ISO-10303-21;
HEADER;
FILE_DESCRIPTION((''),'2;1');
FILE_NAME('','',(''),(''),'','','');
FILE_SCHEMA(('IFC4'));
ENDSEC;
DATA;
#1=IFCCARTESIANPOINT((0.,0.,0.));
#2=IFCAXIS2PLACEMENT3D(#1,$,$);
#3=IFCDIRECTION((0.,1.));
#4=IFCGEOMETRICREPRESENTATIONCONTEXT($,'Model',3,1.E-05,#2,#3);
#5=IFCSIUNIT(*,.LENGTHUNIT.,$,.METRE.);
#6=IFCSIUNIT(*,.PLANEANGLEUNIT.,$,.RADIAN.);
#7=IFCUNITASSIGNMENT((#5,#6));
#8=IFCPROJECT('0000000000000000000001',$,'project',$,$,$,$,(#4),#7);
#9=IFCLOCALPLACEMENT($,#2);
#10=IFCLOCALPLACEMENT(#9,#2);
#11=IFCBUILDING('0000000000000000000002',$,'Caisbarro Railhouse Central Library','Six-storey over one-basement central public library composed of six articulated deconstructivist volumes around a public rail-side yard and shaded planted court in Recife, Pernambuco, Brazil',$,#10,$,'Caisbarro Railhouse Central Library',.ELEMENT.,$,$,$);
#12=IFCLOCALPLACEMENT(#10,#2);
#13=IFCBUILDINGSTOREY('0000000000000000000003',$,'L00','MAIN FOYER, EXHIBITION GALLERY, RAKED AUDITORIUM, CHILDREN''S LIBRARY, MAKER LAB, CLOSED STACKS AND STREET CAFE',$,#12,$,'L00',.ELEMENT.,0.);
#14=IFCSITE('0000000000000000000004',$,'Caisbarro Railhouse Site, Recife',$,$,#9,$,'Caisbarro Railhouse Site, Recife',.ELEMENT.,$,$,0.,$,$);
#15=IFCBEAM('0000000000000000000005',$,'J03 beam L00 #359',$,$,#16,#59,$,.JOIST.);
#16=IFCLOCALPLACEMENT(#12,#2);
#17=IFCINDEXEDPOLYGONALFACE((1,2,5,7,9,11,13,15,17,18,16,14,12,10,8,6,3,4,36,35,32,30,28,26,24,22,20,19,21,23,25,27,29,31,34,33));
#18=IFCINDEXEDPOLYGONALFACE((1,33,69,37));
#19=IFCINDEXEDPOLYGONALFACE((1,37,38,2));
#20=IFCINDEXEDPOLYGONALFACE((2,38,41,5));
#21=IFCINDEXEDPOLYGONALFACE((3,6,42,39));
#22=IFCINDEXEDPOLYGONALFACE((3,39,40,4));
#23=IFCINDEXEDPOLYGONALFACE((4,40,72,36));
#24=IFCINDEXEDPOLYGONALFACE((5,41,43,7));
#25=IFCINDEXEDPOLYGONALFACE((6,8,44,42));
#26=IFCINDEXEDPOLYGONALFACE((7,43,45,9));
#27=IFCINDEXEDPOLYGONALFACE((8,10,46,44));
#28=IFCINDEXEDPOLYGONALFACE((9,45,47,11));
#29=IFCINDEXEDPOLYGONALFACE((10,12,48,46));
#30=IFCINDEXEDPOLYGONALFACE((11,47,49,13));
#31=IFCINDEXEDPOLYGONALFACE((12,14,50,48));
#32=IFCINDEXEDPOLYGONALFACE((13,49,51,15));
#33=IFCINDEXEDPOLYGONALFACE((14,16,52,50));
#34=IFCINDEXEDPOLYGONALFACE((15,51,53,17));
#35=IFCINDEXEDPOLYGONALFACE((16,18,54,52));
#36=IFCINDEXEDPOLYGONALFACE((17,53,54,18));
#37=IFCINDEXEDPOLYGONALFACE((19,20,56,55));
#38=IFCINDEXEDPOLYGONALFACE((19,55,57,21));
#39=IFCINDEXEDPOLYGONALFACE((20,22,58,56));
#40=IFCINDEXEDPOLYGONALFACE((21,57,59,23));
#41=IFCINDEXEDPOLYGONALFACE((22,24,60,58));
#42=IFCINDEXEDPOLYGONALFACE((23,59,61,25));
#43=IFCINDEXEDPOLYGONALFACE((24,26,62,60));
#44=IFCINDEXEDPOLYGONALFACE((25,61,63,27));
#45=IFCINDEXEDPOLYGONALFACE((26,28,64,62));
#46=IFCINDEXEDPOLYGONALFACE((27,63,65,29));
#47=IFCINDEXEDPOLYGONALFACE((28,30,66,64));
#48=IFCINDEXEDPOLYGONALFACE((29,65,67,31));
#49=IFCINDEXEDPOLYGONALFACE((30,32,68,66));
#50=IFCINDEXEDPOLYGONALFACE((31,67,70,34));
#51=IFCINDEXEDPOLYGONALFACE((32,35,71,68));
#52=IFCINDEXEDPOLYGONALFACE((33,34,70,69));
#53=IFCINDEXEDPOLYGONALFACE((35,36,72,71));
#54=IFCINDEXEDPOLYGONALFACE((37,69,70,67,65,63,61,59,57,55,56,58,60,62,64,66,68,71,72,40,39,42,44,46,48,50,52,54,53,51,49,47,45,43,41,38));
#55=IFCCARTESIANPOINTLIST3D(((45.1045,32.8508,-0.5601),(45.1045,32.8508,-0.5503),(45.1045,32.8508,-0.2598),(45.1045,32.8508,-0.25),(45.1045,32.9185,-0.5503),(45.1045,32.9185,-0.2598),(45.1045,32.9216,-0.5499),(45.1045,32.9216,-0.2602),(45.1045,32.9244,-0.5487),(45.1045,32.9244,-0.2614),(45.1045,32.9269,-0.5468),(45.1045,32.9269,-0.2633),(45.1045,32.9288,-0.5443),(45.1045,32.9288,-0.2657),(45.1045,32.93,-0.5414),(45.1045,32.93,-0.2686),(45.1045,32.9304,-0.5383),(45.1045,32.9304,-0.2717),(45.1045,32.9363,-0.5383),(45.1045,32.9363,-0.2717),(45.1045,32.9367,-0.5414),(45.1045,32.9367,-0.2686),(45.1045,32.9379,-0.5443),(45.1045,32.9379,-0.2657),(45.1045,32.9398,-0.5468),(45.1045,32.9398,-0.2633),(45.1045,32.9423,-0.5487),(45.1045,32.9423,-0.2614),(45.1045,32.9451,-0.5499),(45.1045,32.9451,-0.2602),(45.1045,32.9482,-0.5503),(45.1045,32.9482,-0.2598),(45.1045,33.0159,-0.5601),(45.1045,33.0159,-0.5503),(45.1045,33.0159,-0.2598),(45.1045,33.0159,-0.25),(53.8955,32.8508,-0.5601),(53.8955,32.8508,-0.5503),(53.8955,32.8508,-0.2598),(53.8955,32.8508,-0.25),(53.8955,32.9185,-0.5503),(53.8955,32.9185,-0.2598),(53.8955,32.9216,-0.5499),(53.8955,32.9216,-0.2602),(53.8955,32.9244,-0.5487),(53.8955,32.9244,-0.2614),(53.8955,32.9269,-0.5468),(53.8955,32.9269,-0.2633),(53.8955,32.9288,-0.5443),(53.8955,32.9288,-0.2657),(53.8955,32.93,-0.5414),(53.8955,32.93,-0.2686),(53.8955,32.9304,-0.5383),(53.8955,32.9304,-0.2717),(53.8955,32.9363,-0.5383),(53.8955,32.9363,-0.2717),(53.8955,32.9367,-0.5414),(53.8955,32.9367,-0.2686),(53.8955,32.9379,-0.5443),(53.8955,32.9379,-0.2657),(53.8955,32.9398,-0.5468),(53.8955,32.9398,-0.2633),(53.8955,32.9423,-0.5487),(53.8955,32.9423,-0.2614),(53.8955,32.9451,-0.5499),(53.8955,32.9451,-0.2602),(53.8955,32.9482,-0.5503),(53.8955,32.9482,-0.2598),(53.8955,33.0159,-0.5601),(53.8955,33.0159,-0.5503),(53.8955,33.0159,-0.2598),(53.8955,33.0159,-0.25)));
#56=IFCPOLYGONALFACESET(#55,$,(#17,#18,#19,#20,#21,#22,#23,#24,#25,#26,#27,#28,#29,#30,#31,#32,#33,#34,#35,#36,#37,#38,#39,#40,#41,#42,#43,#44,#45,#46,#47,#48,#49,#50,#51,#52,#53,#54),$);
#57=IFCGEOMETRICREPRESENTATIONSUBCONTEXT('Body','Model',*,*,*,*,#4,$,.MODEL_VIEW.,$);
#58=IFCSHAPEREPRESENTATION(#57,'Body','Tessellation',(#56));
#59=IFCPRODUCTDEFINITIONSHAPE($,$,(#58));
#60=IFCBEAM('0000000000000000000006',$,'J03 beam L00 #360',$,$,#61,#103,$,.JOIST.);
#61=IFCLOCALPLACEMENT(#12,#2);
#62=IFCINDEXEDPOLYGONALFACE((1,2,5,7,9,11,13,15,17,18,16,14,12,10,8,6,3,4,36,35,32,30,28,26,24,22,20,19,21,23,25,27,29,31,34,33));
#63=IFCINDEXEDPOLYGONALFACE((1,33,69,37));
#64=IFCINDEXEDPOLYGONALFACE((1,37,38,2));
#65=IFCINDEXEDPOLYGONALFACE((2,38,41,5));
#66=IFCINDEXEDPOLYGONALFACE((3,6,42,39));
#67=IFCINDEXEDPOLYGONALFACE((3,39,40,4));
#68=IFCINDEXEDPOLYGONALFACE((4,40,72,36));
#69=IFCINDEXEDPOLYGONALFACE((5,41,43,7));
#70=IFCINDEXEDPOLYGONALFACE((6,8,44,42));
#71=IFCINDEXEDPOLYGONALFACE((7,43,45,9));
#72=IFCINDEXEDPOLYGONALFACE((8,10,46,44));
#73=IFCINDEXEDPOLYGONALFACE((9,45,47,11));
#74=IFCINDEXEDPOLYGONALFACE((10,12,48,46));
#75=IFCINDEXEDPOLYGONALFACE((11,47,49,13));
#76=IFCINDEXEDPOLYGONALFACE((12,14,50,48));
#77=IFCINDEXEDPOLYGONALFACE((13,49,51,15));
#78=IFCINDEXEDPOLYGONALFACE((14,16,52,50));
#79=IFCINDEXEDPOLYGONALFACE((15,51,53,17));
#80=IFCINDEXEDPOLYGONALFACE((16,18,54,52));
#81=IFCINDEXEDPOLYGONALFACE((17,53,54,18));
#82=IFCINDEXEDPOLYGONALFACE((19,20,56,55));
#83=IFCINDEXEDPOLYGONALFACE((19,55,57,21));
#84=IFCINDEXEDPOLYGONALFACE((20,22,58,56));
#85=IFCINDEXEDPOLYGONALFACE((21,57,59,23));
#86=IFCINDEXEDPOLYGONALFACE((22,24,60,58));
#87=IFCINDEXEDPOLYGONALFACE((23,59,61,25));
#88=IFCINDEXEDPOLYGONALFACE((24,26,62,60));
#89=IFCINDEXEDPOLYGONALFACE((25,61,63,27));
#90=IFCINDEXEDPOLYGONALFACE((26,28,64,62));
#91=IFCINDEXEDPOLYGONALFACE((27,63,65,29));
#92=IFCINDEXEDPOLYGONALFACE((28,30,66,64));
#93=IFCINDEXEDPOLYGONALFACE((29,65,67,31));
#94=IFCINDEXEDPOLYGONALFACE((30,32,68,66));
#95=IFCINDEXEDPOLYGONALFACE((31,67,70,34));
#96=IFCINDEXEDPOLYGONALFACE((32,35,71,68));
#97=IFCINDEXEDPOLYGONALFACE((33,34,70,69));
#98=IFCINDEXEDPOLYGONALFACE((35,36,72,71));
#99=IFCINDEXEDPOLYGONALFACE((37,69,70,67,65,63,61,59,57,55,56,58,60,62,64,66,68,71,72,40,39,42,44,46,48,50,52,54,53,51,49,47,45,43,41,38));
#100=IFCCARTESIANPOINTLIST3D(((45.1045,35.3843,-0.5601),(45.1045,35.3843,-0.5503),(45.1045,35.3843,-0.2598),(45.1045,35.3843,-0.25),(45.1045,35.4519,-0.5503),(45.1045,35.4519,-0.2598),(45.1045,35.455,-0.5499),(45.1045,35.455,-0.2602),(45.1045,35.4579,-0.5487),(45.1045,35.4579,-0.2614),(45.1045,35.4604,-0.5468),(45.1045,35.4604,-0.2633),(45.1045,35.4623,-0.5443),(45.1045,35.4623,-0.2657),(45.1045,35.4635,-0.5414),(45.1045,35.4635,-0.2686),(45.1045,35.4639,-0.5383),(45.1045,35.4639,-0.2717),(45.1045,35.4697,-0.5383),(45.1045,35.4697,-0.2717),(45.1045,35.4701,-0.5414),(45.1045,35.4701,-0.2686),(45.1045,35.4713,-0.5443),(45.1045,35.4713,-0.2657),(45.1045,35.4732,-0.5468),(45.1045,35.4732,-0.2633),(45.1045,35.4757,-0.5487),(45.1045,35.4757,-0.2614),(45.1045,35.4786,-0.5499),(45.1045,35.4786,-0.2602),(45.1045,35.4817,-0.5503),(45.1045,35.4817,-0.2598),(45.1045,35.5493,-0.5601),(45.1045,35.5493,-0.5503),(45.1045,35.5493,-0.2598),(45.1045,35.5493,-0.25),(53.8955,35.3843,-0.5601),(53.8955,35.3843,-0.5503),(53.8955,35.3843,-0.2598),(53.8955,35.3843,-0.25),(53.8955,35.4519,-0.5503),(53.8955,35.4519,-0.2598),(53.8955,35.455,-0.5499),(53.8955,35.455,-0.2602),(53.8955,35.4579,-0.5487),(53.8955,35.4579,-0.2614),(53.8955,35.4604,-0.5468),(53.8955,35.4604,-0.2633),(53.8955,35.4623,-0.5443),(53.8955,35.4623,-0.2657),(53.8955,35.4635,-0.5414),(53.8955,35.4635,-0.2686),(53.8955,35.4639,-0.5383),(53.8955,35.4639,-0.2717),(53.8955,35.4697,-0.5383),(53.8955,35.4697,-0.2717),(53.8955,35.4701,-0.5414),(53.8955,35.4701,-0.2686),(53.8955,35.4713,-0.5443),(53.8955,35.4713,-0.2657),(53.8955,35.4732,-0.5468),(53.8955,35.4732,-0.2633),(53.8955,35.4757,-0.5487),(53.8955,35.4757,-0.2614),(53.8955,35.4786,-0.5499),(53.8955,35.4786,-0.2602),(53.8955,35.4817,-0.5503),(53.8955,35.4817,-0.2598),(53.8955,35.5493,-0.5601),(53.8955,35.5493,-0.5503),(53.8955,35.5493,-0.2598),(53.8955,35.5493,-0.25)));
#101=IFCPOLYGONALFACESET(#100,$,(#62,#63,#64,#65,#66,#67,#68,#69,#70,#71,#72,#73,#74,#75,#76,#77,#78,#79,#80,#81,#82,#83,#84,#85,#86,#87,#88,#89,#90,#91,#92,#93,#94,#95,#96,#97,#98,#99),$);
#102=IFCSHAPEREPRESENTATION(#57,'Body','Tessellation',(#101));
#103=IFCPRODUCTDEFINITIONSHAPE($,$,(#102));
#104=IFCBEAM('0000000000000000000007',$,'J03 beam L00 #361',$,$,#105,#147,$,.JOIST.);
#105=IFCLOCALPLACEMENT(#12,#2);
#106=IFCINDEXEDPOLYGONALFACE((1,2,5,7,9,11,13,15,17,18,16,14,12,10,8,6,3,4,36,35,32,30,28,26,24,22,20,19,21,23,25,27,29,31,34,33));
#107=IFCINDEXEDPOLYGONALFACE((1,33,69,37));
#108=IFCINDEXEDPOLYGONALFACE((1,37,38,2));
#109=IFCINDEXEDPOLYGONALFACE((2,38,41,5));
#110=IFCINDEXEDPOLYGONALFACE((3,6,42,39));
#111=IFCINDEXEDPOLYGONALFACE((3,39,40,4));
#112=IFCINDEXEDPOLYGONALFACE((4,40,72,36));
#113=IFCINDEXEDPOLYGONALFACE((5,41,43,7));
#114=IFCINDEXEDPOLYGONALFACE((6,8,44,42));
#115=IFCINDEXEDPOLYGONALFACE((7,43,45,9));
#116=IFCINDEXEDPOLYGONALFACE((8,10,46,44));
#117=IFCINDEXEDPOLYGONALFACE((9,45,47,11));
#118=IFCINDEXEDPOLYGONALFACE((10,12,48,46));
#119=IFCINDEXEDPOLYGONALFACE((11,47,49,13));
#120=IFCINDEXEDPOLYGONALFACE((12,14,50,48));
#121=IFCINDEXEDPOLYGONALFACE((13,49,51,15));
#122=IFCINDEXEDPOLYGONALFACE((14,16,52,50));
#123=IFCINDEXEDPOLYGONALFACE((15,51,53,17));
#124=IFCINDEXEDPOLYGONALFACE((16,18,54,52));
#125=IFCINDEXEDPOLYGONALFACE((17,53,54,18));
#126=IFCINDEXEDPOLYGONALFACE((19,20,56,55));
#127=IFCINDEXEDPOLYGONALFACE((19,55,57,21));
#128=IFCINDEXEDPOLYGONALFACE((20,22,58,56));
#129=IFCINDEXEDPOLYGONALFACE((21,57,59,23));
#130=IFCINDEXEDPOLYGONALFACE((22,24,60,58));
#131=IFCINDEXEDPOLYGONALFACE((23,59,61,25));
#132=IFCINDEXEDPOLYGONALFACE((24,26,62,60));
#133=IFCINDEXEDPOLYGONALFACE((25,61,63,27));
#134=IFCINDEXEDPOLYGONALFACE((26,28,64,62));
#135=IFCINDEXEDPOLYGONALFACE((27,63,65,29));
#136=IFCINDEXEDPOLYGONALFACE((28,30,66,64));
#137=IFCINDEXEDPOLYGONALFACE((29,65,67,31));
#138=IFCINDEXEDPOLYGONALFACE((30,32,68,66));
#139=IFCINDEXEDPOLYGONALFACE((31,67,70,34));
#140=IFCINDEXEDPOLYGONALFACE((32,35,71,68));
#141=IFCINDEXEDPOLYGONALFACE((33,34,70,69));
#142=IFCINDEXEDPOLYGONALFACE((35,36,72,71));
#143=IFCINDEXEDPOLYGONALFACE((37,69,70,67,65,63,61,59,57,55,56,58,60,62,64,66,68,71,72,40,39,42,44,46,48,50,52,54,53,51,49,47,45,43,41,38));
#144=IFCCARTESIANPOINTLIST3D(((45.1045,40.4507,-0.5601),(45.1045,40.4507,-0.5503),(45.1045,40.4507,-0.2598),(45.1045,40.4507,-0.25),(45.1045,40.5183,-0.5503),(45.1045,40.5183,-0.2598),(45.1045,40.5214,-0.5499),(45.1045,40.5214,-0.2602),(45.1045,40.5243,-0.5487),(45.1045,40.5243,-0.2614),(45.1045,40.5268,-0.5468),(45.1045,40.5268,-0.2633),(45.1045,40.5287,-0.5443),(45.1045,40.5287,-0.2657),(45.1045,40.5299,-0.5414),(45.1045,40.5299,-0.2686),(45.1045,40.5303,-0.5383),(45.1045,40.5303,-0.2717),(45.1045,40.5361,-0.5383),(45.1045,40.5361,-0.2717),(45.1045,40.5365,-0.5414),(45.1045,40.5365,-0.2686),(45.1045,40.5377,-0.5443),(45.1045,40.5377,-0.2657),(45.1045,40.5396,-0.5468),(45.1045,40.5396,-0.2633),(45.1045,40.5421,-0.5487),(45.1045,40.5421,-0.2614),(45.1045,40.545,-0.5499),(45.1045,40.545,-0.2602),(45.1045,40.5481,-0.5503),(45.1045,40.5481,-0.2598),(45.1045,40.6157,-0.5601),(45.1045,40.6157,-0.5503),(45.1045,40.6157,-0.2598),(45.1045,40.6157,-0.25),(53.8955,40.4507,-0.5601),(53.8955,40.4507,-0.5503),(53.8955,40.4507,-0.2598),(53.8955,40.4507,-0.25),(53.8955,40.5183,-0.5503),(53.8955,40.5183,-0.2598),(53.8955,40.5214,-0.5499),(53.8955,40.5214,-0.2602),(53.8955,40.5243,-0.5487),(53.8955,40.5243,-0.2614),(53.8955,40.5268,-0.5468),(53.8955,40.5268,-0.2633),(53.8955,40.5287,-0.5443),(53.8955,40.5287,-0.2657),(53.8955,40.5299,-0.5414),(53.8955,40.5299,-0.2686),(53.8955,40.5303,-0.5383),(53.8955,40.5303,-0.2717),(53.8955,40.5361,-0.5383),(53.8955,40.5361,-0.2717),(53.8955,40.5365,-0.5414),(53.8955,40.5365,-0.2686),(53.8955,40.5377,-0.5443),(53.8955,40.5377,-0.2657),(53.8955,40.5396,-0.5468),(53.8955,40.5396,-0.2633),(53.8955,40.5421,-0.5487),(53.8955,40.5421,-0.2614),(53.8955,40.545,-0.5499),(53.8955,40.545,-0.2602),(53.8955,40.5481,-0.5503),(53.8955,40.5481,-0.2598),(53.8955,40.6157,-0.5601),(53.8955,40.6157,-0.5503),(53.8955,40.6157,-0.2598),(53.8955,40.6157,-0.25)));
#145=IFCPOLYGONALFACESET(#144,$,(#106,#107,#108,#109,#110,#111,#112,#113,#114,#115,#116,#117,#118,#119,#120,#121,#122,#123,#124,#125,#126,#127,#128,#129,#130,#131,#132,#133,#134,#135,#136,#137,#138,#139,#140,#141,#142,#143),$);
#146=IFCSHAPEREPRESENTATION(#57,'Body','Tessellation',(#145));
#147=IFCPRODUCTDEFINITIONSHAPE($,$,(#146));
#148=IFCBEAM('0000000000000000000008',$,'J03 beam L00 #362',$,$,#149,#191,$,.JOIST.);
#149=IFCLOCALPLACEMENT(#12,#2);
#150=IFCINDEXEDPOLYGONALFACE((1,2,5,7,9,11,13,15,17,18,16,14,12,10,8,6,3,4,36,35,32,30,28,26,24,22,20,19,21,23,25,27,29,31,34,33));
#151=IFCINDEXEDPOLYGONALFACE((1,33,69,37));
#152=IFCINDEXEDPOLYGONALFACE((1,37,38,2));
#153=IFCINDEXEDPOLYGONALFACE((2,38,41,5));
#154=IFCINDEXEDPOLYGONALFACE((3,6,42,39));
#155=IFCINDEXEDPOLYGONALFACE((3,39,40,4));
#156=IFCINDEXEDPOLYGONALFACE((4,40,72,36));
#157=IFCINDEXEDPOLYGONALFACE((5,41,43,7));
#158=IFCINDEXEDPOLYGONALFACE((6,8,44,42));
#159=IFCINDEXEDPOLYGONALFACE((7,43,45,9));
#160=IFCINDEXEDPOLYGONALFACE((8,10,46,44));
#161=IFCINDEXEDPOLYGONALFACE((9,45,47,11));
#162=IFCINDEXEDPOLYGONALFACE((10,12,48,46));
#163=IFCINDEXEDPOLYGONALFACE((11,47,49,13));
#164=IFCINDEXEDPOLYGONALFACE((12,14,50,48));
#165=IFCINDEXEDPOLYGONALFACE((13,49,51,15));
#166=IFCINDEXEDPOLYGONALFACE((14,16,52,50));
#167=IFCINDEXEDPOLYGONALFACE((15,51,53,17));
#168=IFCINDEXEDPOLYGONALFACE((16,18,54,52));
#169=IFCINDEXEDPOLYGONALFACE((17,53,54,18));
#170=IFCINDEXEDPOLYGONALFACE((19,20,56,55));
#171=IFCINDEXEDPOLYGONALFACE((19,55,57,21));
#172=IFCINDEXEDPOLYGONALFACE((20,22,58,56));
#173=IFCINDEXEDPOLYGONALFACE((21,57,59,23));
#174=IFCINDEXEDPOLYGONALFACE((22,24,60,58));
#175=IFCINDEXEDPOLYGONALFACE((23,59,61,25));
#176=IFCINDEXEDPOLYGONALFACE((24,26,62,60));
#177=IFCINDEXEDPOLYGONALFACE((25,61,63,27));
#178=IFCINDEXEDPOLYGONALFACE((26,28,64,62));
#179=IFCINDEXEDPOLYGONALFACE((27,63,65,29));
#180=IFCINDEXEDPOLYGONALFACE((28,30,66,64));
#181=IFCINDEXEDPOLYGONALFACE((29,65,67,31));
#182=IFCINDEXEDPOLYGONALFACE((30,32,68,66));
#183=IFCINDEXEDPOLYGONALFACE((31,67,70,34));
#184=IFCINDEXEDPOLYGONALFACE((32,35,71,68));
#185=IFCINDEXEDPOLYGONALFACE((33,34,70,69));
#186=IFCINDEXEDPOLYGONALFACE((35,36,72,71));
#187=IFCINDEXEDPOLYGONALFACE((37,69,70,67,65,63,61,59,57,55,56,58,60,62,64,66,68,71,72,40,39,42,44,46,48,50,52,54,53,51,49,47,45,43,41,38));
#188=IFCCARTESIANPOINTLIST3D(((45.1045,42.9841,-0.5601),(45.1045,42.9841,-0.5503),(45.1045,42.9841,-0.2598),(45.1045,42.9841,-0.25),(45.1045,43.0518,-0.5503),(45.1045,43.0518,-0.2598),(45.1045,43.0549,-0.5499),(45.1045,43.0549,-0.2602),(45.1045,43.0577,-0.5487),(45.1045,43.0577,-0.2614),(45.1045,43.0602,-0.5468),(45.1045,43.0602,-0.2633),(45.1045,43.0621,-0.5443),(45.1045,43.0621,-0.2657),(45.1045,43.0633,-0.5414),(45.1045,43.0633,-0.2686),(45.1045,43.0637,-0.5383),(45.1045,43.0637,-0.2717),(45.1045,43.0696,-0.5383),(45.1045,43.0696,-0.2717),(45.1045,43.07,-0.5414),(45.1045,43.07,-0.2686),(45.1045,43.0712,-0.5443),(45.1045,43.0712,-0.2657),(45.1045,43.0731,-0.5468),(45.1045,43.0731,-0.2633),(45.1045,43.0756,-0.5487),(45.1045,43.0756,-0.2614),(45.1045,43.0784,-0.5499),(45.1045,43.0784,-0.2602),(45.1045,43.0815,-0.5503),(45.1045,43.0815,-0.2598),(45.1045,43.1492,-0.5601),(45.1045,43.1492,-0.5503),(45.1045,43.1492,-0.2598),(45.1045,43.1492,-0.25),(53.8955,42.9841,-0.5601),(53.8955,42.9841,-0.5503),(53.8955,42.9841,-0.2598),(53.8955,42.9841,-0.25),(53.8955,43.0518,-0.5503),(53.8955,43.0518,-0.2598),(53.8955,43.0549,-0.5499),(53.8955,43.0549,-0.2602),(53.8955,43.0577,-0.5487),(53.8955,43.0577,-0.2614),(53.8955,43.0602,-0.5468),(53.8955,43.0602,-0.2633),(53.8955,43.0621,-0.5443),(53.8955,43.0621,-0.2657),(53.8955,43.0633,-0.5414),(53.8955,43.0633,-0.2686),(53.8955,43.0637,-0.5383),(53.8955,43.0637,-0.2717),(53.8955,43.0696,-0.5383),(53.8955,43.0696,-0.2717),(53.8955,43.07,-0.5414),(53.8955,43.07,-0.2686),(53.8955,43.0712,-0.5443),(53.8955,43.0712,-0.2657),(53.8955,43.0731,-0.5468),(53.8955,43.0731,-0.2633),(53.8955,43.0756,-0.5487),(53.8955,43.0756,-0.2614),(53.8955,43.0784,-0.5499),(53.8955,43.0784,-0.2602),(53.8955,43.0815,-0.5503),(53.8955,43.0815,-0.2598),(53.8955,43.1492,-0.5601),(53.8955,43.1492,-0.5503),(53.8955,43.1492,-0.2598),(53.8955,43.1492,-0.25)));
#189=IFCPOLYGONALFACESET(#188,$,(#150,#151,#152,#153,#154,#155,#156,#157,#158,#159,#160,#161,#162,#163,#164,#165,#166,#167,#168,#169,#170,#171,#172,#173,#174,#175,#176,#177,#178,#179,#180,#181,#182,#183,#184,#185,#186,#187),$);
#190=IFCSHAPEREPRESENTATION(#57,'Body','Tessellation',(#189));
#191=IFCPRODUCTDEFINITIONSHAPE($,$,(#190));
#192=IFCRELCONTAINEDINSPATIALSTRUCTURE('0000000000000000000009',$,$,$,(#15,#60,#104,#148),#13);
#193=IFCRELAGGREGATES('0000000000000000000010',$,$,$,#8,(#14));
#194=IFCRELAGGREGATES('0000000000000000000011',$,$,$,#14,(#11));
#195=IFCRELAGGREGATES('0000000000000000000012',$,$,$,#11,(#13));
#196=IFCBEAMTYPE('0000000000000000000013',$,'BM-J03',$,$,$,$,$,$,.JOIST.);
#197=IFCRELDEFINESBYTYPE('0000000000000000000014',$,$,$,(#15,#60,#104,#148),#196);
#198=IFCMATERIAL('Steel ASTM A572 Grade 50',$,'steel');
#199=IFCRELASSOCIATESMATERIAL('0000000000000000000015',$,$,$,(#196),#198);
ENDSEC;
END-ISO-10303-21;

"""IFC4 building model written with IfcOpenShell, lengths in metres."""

from ifc_helpers import new_model, si_unit, direction, frame, origin, origin_2d, place, context, subcontext, project, spatial, i_section, extrude, material, material_profile, profile_set, type_object, element, save


model = new_model("IFC4")

# Units and contexts
model_context = context("Model", 3, precision=1e-05, world=origin(), true_north=direction((0.0, 1.0)))
body_context = subcontext(model_context, "Body", "Model", "MODEL_VIEW")
ifc_project = project(units=[si_unit("LENGTHUNIT", "METRE"), si_unit("PLANEANGLEUNIT", "RADIAN")], contexts=[model_context])

# Site, building, storey
site_placement = place(None, origin())
site = spatial("IfcSite", under=ifc_project, at=site_placement, Name="Caisbarro Railhouse Site, Recife", LongName="Caisbarro Railhouse Site, Recife", CompositionType="ELEMENT", RefElevation=0.0)
building_placement = place(site_placement, origin())
building = spatial("IfcBuilding", under=site, at=building_placement, Name="Caisbarro Railhouse Central Library", Description="Six-storey over one-basement central public library composed of six articulated deconstructivist volumes around a public rail-side yard and shaded planted court in Recife, Pernambuco, Brazil", LongName="Caisbarro Railhouse Central Library", CompositionType="ELEMENT")
storey_placement = place(building_placement, origin())
storey = spatial("IfcBuildingStorey", under=building, at=storey_placement, Name="L00", Description="MAIN FOYER, EXHIBITION GALLERY, RAKED AUDITORIUM, CHILDREN'S LIBRARY, MAKER LAB, CLOSED STACKS AND STREET CAFE", LongName="L00", CompositionType="ELEMENT", Elevation=0.0)

# Shared definitions
ifc_material_1 = material(Name="Steel ASTM A572 Grade 50", Category="steel")

# Beams
ifc_material_profile_1 = material_profile(ifc_material_1, i_section(OverallWidth=0.165, OverallDepth=0.3101, WebThickness=0.0059, FlangeThickness=0.0098, FilletRadius=0.012, at=origin_2d()), Name="W310X38.7")
ifc_profile_set_1 = profile_set([ifc_material_profile_1], Name="Steel ASTM A572 Grade 50")
beam_type_1 = type_object("IfcBeamType", Name="BM-J03", PredefinedType="JOIST", material=ifc_profile_set_1)
for number, where, z_axis, x_axis, name in (
    (1, (45.1045, 32.9333, -0.405), (1.0, 0.0, 0.0), (0.0, 1.0, 0.0), "J03 beam L00 #359"),
    (2, (45.1045, 35.4668, -0.405), (1.0, 0.0, 0.0), (0.0, 1.0, 0.0), "J03 beam L00 #360"),
    (3, (45.1045, 40.5332, -0.405), (1.0, 0.0, 0.0), (0.0, 1.0, 0.0), "J03 beam L00 #361"),
    (4, (45.1045, 43.0667, -0.405), (1.0, 0.0, 0.0), (0.0, 1.0, 0.0), "J03 beam L00 #362"),
):
    element("IfcBeam", number, at=place(storey_placement, frame(where, z_axis=z_axis, x_axis=x_axis)), inside=storey, type_object=beam_type_1, Name=name, PredefinedType="JOIST", context=body_context, shape_type="SweptSolid", body=[
        extrude(i_section(OverallWidth=0.165, OverallDepth=0.3101, WebThickness=0.0059, FlangeThickness=0.0098, FilletRadius=0.012, at=origin_2d()), origin(), (0.0, 0.0, 1.0), 8.791),
    ])

save(model, "model.ifc")
